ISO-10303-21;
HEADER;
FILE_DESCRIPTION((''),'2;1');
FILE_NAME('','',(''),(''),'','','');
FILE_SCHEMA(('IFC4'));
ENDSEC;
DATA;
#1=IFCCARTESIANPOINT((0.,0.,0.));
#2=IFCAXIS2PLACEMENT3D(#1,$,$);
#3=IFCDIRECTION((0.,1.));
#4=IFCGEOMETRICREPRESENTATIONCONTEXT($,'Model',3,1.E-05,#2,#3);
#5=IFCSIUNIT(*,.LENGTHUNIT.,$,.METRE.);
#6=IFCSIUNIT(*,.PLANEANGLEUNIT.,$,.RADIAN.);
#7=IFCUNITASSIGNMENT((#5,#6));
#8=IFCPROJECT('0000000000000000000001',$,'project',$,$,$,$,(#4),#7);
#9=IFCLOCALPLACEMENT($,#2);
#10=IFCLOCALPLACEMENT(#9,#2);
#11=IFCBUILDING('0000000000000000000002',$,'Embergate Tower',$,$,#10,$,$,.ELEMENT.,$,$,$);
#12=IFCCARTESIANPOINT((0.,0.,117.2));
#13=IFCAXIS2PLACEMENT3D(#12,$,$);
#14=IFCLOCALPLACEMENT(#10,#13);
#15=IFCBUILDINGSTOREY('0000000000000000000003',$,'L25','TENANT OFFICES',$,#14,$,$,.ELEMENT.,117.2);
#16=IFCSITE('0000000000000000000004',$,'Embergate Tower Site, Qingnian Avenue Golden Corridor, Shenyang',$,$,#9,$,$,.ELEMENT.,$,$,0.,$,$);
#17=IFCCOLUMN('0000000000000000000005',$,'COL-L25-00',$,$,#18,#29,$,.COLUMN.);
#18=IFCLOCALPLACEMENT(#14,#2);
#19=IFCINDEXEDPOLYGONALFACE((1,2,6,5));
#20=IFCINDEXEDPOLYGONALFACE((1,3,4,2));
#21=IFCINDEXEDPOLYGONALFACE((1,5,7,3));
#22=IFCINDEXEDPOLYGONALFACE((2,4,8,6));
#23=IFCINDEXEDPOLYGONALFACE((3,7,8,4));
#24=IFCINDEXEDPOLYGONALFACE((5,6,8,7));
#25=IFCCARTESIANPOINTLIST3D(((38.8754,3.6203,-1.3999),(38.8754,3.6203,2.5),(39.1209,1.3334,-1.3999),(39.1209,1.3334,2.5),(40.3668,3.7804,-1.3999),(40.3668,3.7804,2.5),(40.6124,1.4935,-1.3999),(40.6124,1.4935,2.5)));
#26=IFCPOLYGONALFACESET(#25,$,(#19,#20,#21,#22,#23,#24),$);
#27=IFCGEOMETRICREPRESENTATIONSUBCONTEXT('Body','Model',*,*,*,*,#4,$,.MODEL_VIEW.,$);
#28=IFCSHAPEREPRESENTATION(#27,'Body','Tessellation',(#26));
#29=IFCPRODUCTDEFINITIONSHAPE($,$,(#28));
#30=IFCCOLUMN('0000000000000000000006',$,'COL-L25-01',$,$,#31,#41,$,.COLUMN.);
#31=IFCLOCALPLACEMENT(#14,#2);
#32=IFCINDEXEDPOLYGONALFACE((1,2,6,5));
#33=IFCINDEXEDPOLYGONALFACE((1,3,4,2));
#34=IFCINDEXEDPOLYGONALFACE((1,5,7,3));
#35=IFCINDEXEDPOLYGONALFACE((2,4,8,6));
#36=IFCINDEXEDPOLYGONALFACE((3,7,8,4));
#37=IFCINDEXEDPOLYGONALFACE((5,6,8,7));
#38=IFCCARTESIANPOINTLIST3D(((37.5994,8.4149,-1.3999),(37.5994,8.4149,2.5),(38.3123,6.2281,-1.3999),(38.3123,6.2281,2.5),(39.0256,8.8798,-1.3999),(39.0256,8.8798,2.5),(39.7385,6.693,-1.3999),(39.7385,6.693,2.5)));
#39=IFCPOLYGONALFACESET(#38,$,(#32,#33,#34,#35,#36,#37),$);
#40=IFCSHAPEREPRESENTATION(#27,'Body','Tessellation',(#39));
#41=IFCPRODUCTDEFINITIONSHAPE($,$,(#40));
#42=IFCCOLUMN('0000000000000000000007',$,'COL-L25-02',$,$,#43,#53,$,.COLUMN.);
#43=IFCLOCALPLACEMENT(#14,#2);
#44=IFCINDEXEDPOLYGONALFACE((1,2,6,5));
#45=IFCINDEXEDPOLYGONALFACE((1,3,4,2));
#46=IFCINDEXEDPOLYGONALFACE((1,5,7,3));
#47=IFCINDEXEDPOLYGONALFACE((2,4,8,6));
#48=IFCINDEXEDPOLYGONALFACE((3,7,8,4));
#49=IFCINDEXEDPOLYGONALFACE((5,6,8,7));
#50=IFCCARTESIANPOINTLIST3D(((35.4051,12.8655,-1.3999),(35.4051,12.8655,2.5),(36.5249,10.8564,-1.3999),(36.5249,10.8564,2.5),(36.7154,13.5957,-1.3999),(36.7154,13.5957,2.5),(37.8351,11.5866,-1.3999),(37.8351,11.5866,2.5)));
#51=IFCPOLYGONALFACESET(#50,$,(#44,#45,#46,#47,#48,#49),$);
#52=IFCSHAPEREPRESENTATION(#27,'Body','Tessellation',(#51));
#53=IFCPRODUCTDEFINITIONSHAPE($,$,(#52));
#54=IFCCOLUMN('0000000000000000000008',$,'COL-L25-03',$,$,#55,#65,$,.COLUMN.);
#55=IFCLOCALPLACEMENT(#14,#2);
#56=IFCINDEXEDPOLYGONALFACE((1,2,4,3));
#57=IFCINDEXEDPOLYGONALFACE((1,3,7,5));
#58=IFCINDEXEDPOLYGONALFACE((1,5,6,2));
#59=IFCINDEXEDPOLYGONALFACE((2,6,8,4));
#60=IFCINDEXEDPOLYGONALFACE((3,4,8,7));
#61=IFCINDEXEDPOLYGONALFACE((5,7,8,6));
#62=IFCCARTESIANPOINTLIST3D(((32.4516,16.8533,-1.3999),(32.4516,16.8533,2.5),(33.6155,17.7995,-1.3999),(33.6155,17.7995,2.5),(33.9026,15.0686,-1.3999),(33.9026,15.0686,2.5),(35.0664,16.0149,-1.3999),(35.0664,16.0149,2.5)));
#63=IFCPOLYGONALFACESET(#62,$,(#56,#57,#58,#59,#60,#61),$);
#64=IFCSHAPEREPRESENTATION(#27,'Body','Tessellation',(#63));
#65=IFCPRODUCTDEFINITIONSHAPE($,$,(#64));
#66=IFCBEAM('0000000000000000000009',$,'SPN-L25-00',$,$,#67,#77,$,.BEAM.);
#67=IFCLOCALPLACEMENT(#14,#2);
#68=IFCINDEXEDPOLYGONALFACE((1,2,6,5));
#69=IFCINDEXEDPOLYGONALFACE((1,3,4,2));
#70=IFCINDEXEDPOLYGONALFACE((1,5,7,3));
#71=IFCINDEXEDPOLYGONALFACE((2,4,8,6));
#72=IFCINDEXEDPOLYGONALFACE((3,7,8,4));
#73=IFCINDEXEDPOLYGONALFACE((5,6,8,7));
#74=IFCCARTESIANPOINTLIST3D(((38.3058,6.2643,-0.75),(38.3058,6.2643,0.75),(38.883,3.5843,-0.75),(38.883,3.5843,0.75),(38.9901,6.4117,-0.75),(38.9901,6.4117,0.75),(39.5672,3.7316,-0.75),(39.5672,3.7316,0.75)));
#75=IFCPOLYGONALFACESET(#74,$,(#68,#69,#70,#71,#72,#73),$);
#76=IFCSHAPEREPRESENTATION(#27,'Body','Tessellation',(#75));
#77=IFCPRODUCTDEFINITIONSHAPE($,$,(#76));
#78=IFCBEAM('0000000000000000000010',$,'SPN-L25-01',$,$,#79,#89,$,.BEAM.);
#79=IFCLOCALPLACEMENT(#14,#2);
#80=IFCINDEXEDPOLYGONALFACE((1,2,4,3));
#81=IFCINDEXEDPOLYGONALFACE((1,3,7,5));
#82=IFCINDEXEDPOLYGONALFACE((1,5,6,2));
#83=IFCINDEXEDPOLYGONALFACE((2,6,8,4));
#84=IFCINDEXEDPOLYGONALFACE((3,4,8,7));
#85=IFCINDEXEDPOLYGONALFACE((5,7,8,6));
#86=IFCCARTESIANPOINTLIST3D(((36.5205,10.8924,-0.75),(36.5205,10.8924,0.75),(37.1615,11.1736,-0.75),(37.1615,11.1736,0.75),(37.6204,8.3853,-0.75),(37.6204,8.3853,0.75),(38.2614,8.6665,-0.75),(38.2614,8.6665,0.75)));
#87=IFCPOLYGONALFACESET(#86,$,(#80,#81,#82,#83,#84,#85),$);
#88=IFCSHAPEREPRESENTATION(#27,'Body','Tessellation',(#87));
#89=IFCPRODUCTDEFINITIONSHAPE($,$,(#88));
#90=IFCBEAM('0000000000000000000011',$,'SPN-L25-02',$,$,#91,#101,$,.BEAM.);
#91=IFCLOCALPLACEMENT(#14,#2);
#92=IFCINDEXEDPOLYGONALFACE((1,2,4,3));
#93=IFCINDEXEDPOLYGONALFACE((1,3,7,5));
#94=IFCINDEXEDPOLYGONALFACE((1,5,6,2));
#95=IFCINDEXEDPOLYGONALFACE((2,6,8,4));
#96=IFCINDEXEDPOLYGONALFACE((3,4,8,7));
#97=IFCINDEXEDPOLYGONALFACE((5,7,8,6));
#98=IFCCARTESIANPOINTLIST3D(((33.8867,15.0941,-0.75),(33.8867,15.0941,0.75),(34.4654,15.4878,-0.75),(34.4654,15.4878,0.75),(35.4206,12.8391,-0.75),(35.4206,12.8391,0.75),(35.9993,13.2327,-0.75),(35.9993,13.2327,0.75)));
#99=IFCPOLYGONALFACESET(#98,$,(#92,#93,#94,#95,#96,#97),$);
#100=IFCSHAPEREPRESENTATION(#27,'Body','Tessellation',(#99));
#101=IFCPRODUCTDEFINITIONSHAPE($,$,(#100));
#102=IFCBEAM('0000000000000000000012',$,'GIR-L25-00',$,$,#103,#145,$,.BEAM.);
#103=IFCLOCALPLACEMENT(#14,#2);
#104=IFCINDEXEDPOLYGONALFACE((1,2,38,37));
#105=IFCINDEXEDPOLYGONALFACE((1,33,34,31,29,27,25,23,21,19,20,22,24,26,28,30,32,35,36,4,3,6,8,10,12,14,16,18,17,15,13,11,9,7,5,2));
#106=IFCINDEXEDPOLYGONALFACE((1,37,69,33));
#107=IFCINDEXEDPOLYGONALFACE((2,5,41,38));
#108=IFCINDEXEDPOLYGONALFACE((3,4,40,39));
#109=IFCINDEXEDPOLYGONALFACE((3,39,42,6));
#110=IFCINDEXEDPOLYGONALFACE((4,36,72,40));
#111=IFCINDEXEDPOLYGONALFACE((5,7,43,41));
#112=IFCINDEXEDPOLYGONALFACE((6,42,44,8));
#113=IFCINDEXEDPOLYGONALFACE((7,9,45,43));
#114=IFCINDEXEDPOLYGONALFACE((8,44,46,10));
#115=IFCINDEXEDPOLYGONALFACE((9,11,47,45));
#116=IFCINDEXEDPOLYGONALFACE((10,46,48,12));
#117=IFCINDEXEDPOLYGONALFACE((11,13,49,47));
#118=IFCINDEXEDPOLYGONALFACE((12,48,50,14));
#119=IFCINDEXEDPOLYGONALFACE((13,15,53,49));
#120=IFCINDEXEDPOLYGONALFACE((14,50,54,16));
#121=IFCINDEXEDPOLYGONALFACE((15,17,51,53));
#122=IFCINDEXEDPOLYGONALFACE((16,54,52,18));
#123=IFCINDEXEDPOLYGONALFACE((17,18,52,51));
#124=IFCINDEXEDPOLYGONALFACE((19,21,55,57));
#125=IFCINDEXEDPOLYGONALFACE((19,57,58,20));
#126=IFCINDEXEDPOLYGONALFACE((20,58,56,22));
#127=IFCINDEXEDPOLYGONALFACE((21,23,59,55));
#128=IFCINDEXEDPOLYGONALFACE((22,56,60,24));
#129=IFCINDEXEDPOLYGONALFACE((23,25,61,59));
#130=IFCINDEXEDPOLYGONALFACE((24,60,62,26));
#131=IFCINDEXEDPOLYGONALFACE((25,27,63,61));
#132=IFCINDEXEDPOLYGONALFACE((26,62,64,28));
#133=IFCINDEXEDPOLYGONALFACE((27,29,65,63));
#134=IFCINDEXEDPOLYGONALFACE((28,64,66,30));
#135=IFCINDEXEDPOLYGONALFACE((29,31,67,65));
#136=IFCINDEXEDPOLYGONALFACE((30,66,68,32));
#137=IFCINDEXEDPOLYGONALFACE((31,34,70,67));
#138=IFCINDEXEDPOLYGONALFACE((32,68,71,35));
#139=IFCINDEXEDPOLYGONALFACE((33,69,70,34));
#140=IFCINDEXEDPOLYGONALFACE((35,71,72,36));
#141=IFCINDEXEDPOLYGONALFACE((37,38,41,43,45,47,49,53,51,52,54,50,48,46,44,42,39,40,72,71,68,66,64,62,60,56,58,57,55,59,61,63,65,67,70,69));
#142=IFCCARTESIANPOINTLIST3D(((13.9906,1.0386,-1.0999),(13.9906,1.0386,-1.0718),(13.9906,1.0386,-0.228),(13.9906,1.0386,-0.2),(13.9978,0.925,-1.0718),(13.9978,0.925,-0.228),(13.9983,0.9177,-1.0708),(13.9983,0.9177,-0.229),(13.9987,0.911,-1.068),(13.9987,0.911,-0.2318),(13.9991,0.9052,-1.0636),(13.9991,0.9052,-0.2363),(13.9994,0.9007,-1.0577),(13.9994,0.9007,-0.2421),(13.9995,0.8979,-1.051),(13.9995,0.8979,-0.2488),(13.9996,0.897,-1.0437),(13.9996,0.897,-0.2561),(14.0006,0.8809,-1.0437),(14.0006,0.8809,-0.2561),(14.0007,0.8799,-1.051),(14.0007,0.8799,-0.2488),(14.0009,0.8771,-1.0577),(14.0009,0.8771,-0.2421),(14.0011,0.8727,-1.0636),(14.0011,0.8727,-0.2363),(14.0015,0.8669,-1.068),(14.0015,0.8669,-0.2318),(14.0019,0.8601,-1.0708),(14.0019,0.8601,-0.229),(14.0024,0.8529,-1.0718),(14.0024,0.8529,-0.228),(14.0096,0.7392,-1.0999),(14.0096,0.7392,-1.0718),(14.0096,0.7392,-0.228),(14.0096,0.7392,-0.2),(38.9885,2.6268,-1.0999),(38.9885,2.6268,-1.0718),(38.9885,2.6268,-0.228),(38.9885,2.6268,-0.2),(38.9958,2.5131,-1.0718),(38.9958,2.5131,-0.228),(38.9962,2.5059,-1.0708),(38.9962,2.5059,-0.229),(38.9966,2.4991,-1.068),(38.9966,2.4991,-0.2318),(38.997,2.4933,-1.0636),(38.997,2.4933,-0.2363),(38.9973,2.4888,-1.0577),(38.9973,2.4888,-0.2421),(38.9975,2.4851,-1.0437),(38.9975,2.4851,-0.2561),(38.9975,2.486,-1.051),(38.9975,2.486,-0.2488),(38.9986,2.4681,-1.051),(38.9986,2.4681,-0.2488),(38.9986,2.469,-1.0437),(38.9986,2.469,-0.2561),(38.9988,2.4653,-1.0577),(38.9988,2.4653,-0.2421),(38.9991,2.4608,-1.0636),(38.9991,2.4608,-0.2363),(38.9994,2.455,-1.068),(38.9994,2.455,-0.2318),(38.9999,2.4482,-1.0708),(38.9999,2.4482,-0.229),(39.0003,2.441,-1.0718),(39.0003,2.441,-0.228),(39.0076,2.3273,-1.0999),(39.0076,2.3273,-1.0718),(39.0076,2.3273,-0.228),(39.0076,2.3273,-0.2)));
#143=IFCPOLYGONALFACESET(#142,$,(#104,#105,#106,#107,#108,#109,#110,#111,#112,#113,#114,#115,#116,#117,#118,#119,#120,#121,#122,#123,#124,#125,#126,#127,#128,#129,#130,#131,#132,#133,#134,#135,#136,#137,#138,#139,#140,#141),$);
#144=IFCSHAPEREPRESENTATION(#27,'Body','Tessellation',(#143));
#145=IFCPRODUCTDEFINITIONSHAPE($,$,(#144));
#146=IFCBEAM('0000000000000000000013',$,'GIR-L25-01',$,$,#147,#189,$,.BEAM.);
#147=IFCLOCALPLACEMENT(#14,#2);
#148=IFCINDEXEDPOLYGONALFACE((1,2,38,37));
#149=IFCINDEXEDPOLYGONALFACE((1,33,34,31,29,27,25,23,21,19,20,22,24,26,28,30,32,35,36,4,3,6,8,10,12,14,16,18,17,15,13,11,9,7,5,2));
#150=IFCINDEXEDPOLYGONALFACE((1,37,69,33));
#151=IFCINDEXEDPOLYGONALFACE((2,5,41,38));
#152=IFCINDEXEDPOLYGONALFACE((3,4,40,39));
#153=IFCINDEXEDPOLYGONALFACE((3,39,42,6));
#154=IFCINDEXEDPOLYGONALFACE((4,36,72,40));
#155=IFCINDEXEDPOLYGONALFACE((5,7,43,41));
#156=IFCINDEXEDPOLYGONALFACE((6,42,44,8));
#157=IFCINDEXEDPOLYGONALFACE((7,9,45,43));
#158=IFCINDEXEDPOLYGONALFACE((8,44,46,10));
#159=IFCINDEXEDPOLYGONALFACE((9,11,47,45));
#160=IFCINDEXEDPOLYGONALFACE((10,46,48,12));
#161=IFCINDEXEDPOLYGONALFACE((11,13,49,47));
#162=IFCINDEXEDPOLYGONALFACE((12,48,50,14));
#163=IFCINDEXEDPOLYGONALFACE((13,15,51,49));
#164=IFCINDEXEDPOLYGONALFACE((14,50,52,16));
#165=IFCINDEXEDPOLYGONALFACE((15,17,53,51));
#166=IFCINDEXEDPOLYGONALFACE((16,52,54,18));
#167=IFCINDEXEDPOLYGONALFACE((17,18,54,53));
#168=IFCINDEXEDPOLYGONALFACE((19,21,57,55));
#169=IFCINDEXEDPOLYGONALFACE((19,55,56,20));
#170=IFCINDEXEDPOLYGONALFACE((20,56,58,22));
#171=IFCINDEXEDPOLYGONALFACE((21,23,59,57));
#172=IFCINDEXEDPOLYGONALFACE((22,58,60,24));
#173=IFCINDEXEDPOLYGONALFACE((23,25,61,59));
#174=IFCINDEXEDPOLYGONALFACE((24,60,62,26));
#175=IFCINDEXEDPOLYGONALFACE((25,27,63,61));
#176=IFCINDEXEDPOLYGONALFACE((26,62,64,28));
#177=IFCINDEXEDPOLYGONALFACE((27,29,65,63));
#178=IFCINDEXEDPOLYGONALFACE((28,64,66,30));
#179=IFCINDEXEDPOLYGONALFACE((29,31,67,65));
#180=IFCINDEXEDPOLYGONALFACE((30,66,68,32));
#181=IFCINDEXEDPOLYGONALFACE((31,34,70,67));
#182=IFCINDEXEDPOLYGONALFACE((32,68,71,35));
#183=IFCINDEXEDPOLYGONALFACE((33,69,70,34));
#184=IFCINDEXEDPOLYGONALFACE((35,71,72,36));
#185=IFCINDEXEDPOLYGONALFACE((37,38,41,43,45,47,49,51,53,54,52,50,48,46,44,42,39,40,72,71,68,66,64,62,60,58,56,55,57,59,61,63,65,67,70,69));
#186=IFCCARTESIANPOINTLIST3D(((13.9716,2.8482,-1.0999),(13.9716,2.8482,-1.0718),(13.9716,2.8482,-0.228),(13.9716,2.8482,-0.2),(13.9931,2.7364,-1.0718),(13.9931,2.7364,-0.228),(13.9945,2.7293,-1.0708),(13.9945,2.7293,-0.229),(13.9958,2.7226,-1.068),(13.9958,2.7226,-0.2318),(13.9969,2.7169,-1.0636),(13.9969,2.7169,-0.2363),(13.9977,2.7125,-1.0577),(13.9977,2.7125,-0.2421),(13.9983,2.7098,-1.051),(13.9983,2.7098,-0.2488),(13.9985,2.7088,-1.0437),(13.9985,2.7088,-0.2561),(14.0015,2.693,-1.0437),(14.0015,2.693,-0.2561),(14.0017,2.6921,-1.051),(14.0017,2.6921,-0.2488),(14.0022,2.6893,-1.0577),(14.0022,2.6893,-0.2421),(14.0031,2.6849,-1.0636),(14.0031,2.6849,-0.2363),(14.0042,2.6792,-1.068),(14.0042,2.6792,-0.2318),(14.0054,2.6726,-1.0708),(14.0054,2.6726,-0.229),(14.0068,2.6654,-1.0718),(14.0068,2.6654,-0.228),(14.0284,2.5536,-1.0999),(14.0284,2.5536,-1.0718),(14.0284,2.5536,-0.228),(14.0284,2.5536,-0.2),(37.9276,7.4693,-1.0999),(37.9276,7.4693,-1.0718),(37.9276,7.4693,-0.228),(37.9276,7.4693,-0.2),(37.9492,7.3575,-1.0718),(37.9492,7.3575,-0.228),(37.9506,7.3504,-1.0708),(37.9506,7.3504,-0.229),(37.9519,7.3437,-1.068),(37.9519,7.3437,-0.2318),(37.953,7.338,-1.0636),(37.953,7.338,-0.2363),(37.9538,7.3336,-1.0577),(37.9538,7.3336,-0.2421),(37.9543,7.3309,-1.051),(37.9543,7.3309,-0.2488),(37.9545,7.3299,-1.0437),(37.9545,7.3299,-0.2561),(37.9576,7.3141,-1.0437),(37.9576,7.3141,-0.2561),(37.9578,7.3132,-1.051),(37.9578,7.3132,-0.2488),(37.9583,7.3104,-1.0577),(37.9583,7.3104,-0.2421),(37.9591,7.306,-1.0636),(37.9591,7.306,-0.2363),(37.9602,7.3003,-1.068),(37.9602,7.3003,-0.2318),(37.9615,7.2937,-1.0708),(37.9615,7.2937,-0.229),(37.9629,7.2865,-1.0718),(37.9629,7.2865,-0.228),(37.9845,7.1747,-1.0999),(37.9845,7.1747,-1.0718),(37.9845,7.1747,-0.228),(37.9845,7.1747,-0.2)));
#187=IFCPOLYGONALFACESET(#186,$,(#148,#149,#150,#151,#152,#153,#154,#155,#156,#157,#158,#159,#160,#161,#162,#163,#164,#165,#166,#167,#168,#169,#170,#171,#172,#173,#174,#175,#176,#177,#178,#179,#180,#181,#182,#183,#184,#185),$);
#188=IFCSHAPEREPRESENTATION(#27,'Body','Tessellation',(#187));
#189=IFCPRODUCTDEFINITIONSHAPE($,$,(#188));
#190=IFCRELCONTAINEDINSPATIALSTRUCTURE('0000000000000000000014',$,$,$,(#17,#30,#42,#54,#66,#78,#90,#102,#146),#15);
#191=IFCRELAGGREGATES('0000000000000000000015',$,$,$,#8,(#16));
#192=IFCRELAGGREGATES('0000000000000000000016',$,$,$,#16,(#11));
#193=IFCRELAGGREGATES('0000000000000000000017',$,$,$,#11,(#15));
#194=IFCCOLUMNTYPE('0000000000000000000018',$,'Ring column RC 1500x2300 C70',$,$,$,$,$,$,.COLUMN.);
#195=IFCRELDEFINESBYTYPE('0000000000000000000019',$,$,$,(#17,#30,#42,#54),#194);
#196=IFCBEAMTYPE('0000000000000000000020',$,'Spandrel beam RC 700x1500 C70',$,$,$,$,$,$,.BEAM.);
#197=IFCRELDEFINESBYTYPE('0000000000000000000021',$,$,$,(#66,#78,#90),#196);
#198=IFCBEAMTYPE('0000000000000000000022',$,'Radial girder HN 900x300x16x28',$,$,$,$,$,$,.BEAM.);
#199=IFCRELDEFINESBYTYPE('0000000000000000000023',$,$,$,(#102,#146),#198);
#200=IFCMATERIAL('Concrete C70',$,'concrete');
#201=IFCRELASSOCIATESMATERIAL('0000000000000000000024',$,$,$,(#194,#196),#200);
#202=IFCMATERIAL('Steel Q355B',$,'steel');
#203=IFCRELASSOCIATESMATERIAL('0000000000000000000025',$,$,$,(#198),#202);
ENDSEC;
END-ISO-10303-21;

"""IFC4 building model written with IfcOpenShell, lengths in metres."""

from ifc_helpers import new_model, si_unit, direction, frame, origin, origin_2d, place, context, subcontext, project, spatial, rectangle, i_section, extrude, source, transform, mapped, material, material_profile, profile_set, type_object, element, save


model = new_model("IFC4")

# Units and contexts
model_context = context("Model", 3, precision=1e-05, world=origin(), true_north=direction((0.0, 1.0)))
body_context = subcontext(model_context, "Body", "Model", "MODEL_VIEW")
ifc_project = project(units=[si_unit("LENGTHUNIT", "METRE"), si_unit("PLANEANGLEUNIT", "RADIAN")], contexts=[model_context])

# Site, building, storey
site_placement = place(None, origin())
site = spatial("IfcSite", under=ifc_project, at=site_placement, Name="Embergate Tower Site, Qingnian Avenue Golden Corridor, Shenyang", CompositionType="ELEMENT", RefElevation=0.0)
building_placement = place(site_placement, origin())
building = spatial("IfcBuilding", under=site, at=building_placement, Name="Embergate Tower", CompositionType="ELEMENT")
storey_placement = place(building_placement, frame((0.0, 0.0, 117.2)))
storey = spatial("IfcBuildingStorey", under=building, at=storey_placement, Name="L25", Description="TENANT OFFICES", CompositionType="ELEMENT", Elevation=117.2)

# Columns
ifc_material_1 = material(Name="Concrete C70", Category="concrete")
ifc_material_profile_1 = material_profile(ifc_material_1, rectangle(XDim=1.5, YDim=2.3, at=origin_2d()), Name="RC 1500x2300")
ifc_profile_set_1 = profile_set([ifc_material_profile_1], Name="Concrete C70")
column_type = type_object("IfcColumnType", Name="Ring column RC 1500x2300 C70", PredefinedType="COLUMN", material=ifc_profile_set_1)
shared_shape_1 = source(origin(), body_context, "Body", "SweptSolid", [
    extrude(rectangle(XDim=1.5, YDim=2.3, at=origin_2d()), origin(), (0.0, 0.0, 1.0), 3.8999),
])
for number, where, z_axis, x_axis, name in (
    (1, (39.7439, 2.5569, -1.3999), (0.0, 0.0, 1.0), (0.994286, 0.10675, 0.0), "COL-L25-00"),
    (2, (38.6689, 7.554, -1.3999), (0.0, 0.0, 1.0), (0.950754, 0.309946, 0.0), "COL-L25-01"),
    (3, (36.6201, 12.2261, -1.3999), (0.0, 0.0, 1.0), (0.8735, 0.486823, 0.0), "COL-L25-02"),
    (4, (33.759, 16.4341, -1.3999), (0.0, 0.0, 1.0), (0.775925, 0.630825, 0.0), "COL-L25-03"),
):
    element("IfcColumn", number, at=place(storey_placement, frame(where, z_axis=z_axis, x_axis=x_axis)), inside=storey, type_object=column_type, Name=name, PredefinedType="COLUMN", context=body_context, shape_type="MappedRepresentation", body=[
        mapped(shared_shape_1, transform((0.0, 0.0, 0.0))),
    ])

# Beams
ifc_material_profile_2 = material_profile(ifc_material_1, rectangle(XDim=0.7, YDim=1.5, at=origin_2d()), Name="RC 700x1500")
ifc_profile_set_2 = profile_set([ifc_material_profile_2], Name="Concrete C70")
beam_type_1 = type_object("IfcBeamType", Name="Spandrel beam RC 700x1500 C70", PredefinedType="BEAM", material=ifc_profile_set_2)
shared_shape_2 = source(origin(), body_context, "Body", "SweptSolid", [
    extrude(rectangle(XDim=0.7, YDim=1.5, at=origin_2d()), origin(), (0.0, 0.0, 1.0), 2.7415),
])
beam_1_placement = place(storey_placement, frame((39.2251, 3.658, 0.0), z_axis=(-0.210533, 0.977587, 0.0), x_axis=(-0.977587, -0.210533, 0.0)))
element("IfcBeam", 5, at=beam_1_placement, inside=storey, type_object=beam_type_1, Name="SPN-L25-00", PredefinedType="BEAM", context=body_context, shape_type="MappedRepresentation", body=[
    mapped(shared_shape_2, transform((0.0, 0.0, 0.0))),
])
shared_shape_3 = source(origin(), body_context, "Body", "SweptSolid", [
    extrude(rectangle(XDim=0.7, YDim=1.5, at=origin_2d()), origin(), (0.0, 0.0, 1.0), 2.7378),
])
beam_2_placement = place(storey_placement, frame((37.9409, 8.5259, 0.0), z_axis=(-0.40174, 0.915754, 0.0), x_axis=(-0.915754, -0.40174, 0.0)))
element("IfcBeam", 6, at=beam_2_placement, inside=storey, type_object=beam_type_1, Name="SPN-L25-01", PredefinedType="BEAM", context=body_context, shape_type="MappedRepresentation", body=[
    mapped(shared_shape_3, transform((0.0, 0.0, 0.0))),
])
shared_shape_4 = source(origin(), body_context, "Body", "SweptSolid", [
    extrude(rectangle(XDim=0.7, YDim=1.5, at=origin_2d()), origin(), (0.0, 0.0, 1.0), 2.7273),
])
beam_3_placement = place(storey_placement, frame((35.71, 13.0359, 0.0), z_axis=(-0.562423, 0.82685, 0.0), x_axis=(-0.82685, -0.562423, 0.0)))
element("IfcBeam", 7, at=beam_3_placement, inside=storey, type_object=beam_type_1, Name="SPN-L25-02", PredefinedType="BEAM", context=body_context, shape_type="MappedRepresentation", body=[
    mapped(shared_shape_4, transform((0.0, 0.0, 0.0))),
])
ifc_material_2 = material(Name="Steel Q355B", Category="steel")
ifc_material_profile_3 = material_profile(ifc_material_2, i_section(OverallWidth=0.3, OverallDepth=0.8999, WebThickness=0.0161, FlangeThickness=0.0281, FilletRadius=0.0281, at=origin_2d()), Name="HN 900x300x16x28")
ifc_profile_set_3 = profile_set([ifc_material_profile_3], Name="Steel Q355 grade B")
beam_type_2 = type_object("IfcBeamType", Name="Radial girder HN 900x300x16x28", PredefinedType="BEAM", material=ifc_profile_set_3)
shared_shape_5 = source(origin(), body_context, "Body", "SweptSolid", [
    extrude(i_section(OverallWidth=0.3, OverallDepth=0.8999, WebThickness=0.0161, FlangeThickness=0.0281, FilletRadius=0.0281, at=origin_2d()), origin(), (0.0, 0.0, 1.0), 25.0483),
])
beam_4_placement = place(storey_placement, frame((38.998, 2.4771, -0.6499), z_axis=(-0.997988, -0.063403, 0.0), x_axis=(0.063403, -0.997988, 0.0)))
element("IfcBeam", 8, at=beam_4_placement, inside=storey, type_object=beam_type_2, Name="GIR-L25-00", PredefinedType="BEAM", context=body_context, shape_type="MappedRepresentation", body=[
    mapped(shared_shape_5, transform((0.0, 0.0, 0.0))),
])
shared_shape_6 = source(origin(), body_context, "Body", "SweptSolid", [
    extrude(i_section(OverallWidth=0.3, OverallDepth=0.8999, WebThickness=0.0161, FlangeThickness=0.0281, FilletRadius=0.0281, at=origin_2d()), origin(), (0.0, 0.0, 1.0), 24.3977),
])
beam_5_placement = place(storey_placement, frame((37.9561, 7.322, -0.6499), z_axis=(-0.981899, -0.189407, 0.0), x_axis=(0.189407, -0.981899, 0.0)))
element("IfcBeam", 9, at=beam_5_placement, inside=storey, type_object=beam_type_2, Name="GIR-L25-01", PredefinedType="BEAM", context=body_context, shape_type="MappedRepresentation", body=[
    mapped(shared_shape_6, transform((0.0, 0.0, 0.0))),
])

save(model, "model.ifc")
